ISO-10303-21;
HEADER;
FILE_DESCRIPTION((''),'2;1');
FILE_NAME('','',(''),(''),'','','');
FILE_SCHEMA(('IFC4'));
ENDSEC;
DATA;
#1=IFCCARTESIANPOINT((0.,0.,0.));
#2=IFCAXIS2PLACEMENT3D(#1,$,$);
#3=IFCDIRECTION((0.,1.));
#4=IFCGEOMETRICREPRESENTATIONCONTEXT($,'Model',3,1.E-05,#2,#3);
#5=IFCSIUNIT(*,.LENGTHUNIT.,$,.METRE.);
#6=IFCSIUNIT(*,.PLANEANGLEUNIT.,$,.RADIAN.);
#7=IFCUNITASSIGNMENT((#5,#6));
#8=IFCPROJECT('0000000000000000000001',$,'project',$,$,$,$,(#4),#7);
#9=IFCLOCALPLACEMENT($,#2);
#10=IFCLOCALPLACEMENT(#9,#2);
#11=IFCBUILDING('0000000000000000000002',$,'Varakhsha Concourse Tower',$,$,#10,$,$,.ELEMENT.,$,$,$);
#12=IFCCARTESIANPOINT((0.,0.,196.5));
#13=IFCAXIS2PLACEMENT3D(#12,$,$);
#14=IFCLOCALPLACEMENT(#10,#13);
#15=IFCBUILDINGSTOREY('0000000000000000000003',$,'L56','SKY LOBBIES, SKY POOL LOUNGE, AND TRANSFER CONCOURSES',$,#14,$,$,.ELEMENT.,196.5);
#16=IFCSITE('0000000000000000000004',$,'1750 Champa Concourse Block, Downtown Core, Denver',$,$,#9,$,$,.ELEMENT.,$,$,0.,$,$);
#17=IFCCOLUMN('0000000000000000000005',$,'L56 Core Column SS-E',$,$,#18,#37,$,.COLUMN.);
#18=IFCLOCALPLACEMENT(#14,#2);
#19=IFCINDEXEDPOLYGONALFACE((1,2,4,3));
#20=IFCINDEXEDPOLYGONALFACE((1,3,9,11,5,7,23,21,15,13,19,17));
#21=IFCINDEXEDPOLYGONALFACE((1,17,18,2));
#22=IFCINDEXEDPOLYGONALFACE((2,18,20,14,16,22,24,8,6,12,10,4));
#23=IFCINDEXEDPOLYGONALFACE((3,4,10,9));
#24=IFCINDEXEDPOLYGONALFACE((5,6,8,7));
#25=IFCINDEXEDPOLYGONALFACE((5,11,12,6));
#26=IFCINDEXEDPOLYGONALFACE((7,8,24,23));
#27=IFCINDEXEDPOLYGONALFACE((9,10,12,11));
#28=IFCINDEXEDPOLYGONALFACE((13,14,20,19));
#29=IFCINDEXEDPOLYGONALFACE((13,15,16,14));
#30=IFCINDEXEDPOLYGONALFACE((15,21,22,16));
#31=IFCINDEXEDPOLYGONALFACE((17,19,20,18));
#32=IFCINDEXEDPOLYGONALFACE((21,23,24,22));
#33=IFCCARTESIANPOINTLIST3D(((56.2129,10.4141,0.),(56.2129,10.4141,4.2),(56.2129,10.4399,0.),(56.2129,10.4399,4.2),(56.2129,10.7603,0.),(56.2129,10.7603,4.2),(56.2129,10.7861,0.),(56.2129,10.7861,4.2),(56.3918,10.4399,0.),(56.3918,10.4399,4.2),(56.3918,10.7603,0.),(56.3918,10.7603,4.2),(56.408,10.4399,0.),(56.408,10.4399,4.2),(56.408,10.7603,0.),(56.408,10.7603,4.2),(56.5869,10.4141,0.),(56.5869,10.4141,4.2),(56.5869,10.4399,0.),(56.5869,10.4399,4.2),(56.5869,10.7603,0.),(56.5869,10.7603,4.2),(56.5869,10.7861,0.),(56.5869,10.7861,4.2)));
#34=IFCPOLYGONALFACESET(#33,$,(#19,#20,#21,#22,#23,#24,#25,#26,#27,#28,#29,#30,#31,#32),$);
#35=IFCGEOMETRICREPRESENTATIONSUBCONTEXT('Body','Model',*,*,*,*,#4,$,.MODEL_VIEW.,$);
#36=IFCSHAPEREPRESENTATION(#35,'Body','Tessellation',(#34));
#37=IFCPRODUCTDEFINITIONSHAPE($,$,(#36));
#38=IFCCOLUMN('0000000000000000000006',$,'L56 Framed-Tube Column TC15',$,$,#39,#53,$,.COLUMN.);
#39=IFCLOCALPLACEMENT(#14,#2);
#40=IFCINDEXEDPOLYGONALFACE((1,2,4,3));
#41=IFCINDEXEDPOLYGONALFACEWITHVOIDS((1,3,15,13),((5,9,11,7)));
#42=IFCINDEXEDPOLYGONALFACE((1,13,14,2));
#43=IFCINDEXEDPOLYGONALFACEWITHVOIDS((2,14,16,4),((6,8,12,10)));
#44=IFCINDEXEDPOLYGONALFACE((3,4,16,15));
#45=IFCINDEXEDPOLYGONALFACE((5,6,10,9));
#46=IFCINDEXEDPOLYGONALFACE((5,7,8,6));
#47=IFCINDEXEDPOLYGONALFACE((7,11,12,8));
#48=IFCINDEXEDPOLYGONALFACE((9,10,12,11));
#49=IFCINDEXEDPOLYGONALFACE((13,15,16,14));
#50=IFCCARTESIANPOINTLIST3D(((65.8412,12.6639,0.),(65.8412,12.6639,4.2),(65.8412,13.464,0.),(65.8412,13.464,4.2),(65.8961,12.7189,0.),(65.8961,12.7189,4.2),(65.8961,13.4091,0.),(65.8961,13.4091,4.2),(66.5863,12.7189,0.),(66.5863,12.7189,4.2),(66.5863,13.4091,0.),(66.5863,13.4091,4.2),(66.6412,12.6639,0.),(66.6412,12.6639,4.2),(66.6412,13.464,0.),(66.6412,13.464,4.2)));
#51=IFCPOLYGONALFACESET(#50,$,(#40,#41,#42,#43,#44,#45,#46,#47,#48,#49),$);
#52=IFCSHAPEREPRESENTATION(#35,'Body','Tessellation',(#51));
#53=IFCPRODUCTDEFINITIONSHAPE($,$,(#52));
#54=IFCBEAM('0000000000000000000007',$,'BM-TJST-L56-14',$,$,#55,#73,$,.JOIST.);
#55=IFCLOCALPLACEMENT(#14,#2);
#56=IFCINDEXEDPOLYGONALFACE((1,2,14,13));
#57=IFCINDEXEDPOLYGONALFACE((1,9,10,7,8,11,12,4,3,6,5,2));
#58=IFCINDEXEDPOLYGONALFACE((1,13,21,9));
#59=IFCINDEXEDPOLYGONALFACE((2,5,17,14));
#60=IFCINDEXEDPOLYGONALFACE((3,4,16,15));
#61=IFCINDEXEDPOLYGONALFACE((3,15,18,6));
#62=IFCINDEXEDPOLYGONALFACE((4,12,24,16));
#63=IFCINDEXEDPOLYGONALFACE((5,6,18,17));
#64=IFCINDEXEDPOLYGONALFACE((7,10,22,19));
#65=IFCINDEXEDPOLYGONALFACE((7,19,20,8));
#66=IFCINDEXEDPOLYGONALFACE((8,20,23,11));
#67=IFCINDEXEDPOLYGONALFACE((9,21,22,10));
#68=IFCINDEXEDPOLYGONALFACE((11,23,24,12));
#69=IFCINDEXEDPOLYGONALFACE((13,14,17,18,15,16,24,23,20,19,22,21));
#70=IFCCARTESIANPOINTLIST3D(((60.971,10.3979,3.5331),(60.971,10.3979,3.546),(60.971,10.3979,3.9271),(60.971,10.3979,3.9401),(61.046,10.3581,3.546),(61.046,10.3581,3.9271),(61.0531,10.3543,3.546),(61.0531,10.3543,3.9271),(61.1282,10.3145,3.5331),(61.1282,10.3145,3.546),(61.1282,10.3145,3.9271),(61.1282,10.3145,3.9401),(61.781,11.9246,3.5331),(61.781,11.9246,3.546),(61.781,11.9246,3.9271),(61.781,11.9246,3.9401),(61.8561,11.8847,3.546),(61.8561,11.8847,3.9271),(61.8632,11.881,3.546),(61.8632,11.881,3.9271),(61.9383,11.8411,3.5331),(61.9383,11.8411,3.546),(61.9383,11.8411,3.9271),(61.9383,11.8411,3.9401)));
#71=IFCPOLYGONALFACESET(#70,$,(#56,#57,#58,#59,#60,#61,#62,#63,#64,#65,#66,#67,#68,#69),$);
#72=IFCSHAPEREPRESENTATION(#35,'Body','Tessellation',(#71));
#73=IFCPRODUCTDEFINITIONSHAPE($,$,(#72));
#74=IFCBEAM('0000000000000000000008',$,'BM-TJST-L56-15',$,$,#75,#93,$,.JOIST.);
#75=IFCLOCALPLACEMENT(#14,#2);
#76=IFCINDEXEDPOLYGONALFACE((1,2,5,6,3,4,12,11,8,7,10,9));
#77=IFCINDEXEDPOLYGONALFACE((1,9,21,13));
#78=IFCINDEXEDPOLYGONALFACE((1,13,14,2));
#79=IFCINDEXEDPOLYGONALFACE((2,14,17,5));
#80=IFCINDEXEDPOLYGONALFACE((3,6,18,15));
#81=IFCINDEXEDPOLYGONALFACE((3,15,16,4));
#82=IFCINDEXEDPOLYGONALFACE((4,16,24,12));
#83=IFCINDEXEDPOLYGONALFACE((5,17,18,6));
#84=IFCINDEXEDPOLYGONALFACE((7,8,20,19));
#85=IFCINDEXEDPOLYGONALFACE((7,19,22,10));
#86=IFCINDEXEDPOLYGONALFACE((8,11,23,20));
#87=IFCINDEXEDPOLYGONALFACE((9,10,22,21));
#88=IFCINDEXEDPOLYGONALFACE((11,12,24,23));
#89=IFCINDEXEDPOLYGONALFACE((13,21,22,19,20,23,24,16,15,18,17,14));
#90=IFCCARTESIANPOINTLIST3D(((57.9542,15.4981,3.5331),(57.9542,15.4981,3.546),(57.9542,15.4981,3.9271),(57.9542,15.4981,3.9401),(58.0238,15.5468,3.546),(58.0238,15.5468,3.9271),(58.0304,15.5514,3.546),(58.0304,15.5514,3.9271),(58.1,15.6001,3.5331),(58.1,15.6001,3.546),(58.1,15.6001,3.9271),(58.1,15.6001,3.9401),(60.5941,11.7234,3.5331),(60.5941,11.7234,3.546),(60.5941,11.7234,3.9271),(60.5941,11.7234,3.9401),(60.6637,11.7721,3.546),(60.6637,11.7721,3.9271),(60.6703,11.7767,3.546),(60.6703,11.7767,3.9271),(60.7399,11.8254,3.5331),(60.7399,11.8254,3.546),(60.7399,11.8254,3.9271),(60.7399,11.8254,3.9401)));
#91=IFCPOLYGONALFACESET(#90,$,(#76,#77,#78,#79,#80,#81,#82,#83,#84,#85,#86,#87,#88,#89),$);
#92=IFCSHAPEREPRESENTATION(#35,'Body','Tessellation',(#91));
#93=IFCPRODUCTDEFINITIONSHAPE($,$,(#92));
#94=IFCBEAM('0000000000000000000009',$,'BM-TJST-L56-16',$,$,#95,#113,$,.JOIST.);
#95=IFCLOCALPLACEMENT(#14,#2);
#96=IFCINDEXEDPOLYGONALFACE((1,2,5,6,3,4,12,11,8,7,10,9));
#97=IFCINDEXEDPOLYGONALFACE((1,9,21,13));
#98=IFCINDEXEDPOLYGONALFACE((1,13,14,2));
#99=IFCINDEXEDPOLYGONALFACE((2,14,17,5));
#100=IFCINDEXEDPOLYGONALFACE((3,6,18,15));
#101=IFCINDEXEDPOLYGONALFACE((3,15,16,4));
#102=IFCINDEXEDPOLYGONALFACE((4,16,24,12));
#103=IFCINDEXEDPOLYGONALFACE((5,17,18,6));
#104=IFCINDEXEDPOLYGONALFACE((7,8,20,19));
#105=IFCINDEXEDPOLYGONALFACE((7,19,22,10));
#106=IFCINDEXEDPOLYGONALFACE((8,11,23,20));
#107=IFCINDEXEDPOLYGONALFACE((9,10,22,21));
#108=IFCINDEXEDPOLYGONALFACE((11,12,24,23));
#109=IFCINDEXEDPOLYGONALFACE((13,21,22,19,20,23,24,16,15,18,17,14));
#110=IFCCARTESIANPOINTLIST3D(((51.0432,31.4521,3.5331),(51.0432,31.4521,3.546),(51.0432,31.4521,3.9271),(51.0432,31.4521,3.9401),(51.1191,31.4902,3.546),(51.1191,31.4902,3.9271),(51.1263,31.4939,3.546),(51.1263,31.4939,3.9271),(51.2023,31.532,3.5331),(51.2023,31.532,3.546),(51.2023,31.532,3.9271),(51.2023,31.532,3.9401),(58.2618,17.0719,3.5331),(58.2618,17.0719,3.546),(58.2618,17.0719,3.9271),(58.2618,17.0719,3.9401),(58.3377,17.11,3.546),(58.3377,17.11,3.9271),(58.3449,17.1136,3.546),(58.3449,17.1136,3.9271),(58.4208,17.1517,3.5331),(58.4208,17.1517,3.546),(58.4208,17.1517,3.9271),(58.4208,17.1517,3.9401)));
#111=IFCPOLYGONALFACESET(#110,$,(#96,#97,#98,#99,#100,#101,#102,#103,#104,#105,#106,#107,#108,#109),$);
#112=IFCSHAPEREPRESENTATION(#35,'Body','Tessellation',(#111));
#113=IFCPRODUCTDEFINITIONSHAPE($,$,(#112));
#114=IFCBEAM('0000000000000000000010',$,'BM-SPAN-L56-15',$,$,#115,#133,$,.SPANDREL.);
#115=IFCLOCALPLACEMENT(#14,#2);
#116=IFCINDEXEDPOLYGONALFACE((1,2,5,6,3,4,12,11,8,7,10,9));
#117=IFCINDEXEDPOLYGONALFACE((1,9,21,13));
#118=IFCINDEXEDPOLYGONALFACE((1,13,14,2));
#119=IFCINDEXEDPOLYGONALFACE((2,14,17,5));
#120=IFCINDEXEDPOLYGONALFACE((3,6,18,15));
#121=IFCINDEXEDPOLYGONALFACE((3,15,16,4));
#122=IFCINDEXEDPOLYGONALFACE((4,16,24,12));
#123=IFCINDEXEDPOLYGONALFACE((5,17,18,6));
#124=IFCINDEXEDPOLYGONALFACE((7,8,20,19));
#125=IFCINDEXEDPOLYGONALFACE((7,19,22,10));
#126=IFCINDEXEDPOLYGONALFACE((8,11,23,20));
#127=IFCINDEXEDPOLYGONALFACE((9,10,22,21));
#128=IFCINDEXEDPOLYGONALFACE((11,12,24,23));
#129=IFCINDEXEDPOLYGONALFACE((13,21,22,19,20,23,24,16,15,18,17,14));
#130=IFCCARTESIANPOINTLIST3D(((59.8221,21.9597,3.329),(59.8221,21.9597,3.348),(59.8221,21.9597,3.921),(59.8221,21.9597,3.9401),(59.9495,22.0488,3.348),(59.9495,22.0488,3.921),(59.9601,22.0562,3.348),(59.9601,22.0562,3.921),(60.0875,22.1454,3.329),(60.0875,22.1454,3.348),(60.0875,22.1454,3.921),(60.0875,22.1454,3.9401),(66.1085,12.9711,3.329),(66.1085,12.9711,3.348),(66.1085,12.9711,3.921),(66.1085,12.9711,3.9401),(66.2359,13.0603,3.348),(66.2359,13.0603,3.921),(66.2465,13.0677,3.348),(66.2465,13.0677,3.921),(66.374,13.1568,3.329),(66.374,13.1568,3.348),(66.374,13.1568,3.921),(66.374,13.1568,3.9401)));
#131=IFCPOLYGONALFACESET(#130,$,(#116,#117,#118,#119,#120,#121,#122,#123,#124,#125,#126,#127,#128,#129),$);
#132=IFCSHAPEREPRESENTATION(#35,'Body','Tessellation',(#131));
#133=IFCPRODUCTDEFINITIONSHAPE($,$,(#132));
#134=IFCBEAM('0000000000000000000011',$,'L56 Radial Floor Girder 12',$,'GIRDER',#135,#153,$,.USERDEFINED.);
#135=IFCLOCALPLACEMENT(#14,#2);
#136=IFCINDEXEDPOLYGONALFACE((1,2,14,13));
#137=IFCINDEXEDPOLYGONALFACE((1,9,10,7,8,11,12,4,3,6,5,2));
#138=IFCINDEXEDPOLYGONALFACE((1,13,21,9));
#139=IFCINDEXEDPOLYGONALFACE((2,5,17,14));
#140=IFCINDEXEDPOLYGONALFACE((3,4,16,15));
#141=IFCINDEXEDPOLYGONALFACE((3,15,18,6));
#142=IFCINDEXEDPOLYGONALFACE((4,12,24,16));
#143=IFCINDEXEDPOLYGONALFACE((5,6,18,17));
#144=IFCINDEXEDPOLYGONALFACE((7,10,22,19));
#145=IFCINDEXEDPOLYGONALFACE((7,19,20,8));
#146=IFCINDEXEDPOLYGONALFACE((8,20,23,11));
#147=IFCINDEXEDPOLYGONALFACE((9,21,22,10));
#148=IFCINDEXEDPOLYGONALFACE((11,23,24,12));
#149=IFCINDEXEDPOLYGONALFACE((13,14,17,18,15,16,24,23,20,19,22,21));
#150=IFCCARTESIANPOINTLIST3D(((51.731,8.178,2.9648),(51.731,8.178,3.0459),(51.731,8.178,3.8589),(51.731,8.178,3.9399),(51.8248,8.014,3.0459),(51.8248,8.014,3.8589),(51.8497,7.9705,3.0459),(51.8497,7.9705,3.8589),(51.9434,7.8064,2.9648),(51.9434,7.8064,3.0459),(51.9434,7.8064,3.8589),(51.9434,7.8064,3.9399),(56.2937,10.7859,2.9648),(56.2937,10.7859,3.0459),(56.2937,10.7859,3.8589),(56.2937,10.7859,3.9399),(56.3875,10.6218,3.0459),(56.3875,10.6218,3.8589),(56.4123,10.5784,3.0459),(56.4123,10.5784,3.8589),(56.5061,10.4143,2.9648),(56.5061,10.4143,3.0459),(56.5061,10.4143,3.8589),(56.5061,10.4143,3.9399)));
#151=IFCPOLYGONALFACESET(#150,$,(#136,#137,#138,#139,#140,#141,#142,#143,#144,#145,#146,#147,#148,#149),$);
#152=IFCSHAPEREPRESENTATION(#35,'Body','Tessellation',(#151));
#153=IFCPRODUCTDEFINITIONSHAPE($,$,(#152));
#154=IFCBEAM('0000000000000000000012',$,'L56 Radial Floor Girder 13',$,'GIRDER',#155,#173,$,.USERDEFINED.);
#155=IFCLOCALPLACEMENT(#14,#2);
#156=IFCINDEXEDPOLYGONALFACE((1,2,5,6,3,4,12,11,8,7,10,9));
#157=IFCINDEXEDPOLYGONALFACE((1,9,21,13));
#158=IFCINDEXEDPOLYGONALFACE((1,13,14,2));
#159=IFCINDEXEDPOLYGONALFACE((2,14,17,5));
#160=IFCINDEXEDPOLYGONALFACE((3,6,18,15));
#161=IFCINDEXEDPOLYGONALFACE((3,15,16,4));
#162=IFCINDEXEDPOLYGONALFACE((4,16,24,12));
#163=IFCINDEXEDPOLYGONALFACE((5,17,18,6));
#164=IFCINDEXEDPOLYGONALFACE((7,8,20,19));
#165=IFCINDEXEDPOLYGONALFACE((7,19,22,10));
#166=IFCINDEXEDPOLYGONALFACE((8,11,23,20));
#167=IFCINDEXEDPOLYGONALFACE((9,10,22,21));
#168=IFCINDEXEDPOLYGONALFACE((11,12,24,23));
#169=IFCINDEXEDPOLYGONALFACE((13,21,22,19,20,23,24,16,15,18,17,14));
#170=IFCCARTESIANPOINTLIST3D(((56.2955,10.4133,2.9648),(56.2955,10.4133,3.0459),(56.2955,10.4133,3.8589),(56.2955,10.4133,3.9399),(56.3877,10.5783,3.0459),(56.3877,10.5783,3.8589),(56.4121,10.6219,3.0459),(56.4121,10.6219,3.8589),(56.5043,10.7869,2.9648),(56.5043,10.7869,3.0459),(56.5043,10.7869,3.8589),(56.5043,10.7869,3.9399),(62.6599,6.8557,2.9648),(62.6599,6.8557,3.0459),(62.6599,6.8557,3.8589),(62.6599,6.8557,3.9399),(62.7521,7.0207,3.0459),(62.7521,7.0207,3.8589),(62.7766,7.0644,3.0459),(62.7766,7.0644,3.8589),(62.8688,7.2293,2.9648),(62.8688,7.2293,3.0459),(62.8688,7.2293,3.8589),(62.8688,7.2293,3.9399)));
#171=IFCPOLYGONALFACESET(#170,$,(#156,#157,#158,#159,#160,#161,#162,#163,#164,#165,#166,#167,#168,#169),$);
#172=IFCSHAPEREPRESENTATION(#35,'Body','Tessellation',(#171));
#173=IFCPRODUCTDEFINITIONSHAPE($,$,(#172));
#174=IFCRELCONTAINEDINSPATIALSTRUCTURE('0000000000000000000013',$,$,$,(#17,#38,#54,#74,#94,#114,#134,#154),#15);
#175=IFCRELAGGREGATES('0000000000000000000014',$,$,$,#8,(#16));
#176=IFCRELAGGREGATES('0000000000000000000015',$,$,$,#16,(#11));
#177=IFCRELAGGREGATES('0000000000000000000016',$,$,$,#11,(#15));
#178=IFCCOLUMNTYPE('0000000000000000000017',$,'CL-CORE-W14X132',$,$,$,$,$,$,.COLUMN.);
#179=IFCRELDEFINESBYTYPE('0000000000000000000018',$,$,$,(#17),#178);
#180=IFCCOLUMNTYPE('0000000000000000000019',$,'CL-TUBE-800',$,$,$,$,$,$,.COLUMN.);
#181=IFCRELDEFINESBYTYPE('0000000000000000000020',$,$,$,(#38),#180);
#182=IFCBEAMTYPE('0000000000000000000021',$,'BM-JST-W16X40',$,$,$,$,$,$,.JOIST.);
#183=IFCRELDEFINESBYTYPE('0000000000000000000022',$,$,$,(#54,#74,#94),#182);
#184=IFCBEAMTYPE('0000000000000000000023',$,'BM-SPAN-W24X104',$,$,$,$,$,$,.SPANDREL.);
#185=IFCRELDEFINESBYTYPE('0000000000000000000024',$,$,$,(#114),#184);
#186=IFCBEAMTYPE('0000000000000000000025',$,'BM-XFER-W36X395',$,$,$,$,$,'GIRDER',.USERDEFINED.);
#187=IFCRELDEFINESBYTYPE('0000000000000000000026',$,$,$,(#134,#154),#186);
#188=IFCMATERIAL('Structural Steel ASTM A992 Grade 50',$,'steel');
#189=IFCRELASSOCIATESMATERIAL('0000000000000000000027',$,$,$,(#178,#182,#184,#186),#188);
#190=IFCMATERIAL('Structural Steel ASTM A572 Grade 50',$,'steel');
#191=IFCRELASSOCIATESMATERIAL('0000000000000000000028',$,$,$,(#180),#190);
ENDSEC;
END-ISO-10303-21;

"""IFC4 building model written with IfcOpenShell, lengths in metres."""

from ifc_helpers import new_model, si_unit, direction, frame, origin, origin_2d, place, context, subcontext, project, spatial, hollow_rectangle, i_section, extrude, material, material_profile, profile_set, type_object, element, save


model = new_model("IFC4")

# Units and contexts
model_context = context("Model", 3, precision=1e-05, world=origin(), true_north=direction((0.0, 1.0)))
body_context = subcontext(model_context, "Body", "Model", "MODEL_VIEW")
ifc_project = project(units=[si_unit("LENGTHUNIT", "METRE"), si_unit("PLANEANGLEUNIT", "RADIAN")], contexts=[model_context])

# Site, building, storey
site_placement = place(None, origin())
site = spatial("IfcSite", under=ifc_project, at=site_placement, Name="1750 Champa Concourse Block, Downtown Core, Denver", CompositionType="ELEMENT", RefElevation=0.0)
building_placement = place(site_placement, origin())
building = spatial("IfcBuilding", under=site, at=building_placement, Name="Varakhsha Concourse Tower", CompositionType="ELEMENT")
storey_placement = place(building_placement, frame((0.0, 0.0, 196.5)))
storey = spatial("IfcBuildingStorey", under=building, at=storey_placement, Name="L56", Description="SKY LOBBIES, SKY POOL LOUNGE, AND TRANSFER CONCOURSES", CompositionType="ELEMENT", Elevation=196.5)

# Columns
ifc_material_1 = material(Name="Structural Steel ASTM A992 Grade 50", Category="steel")
ifc_material_profile_1 = material_profile(ifc_material_1, i_section(OverallWidth=0.374, OverallDepth=0.3721, WebThickness=0.0161, FlangeThickness=0.0259, at=origin_2d()), Name="W14X132")
ifc_profile_set_1 = profile_set([ifc_material_profile_1], Name="Structural Steel ASTM A992 Grade 50")
column_type_1 = type_object("IfcColumnType", Name="CL-CORE-W14X132", PredefinedType="COLUMN", material=ifc_profile_set_1)
column_1_placement = place(storey_placement, frame((56.3999, 10.6001, 0.0), z_axis=(0.0, 0.0, 1.0), x_axis=(1.0, 0.0, 0.0)))
element("IfcColumn", 1, at=column_1_placement, inside=storey, type_object=column_type_1, Name="L56 Core Column SS-E", PredefinedType="COLUMN", context=body_context, shape_type="SweptSolid", body=[
    extrude(i_section(OverallWidth=0.374, OverallDepth=0.3721, WebThickness=0.0161, FlangeThickness=0.0259, at=origin_2d()), origin(), (0.0, 0.0, 1.0), 4.2),
])
ifc_material_2 = material(Name="Structural Steel ASTM A572 Grade 50", Category="steel")
ifc_material_profile_2 = material_profile(ifc_material_2, hollow_rectangle(XDim=0.8, YDim=0.8, WallThickness=0.0549, at=origin_2d()), Name="BOX 800x800x55")
ifc_profile_set_2 = profile_set([ifc_material_profile_2], Name="Structural Steel ASTM A572 Grade 50")
column_type_2 = type_object("IfcColumnType", Name="CL-TUBE-800", PredefinedType="COLUMN", material=ifc_profile_set_2)
column_2_placement = place(storey_placement, frame((66.2412, 13.064, 0.0), z_axis=(0.0, 0.0, 1.0), x_axis=(1.0, 0.0, 0.0)))
element("IfcColumn", 2, at=column_2_placement, inside=storey, type_object=column_type_2, Name="L56 Framed-Tube Column TC15", PredefinedType="COLUMN", context=body_context, shape_type="SweptSolid", body=[
    extrude(hollow_rectangle(XDim=0.8, YDim=0.8, WallThickness=0.0549, at=origin_2d()), origin(), (0.0, 0.0, 1.0), 4.2),
])

# Beams
ifc_material_profile_3 = material_profile(ifc_material_1, i_section(OverallWidth=0.178, OverallDepth=0.407, WebThickness=0.0081, FlangeThickness=0.0129, at=origin_2d()), Name="W16X40")
ifc_profile_set_3 = profile_set([ifc_material_profile_3], Name="Structural Steel ASTM A992 Grade 50")
beam_type_1 = type_object("IfcBeamType", Name="BM-JST-W16X40", PredefinedType="JOIST", material=ifc_profile_set_3)
beam_1_placement = place(storey_placement, frame((61.0496, 10.3562, 3.7366), z_axis=(0.468725, 0.883344, 0.0), x_axis=(-0.883344, 0.468725, 0.0)))
element("IfcBeam", 3, at=beam_1_placement, inside=storey, type_object=beam_type_1, Name="BM-TJST-L56-14", PredefinedType="JOIST", context=body_context, shape_type="SweptSolid", body=[
    extrude(i_section(OverallWidth=0.178, OverallDepth=0.407, WebThickness=0.0081, FlangeThickness=0.0129, at=origin_2d()), origin(), (0.0, 0.0, 1.0), 1.7283),
])
beam_2_placement = place(storey_placement, frame((60.667, 11.7744, 3.7366), z_axis=(-0.573117, 0.819473, 0.0), x_axis=(-0.819473, -0.573117, 0.0)))
element("IfcBeam", 4, at=beam_2_placement, inside=storey, type_object=beam_type_1, Name="BM-TJST-L56-15", PredefinedType="JOIST", context=body_context, shape_type="SweptSolid", body=[
    extrude(i_section(OverallWidth=0.178, OverallDepth=0.407, WebThickness=0.0081, FlangeThickness=0.0129, at=origin_2d()), origin(), (0.0, 0.0, 1.0), 4.6062),
])
beam_3_placement = place(storey_placement, frame((58.3413, 17.1118, 3.7366), z_axis=(-0.448627, 0.893719, 0.0), x_axis=(-0.893719, -0.448627, 0.0)))
element("IfcBeam", 5, at=beam_3_placement, inside=storey, type_object=beam_type_1, Name="BM-TJST-L56-16", PredefinedType="JOIST", context=body_context, shape_type="SweptSolid", body=[
    extrude(i_section(OverallWidth=0.178, OverallDepth=0.407, WebThickness=0.0081, FlangeThickness=0.0129, at=origin_2d()), origin(), (0.0, 0.0, 1.0), 16.0903),
])
ifc_material_profile_4 = material_profile(ifc_material_1, i_section(OverallWidth=0.324, OverallDepth=0.6111, WebThickness=0.0129, FlangeThickness=0.019, at=origin_2d()), Name="W24X104")
ifc_profile_set_4 = profile_set([ifc_material_profile_4], Name="Structural Steel ASTM A992 Grade 50")
beam_type_2 = type_object("IfcBeamType", Name="BM-SPAN-W24X104", PredefinedType="SPANDREL", material=ifc_profile_set_4)
beam_4_placement = place(storey_placement, frame((66.2412, 13.064, 3.6345), z_axis=(-0.57312, 0.819471, 0.0), x_axis=(-0.819471, -0.57312, 0.0)))
element("IfcBeam", 6, at=beam_4_placement, inside=storey, type_object=beam_type_2, Name="BM-SPAN-L56-15", PredefinedType="SPANDREL", context=body_context, shape_type="SweptSolid", body=[
    extrude(i_section(OverallWidth=0.324, OverallDepth=0.6111, WebThickness=0.0129, FlangeThickness=0.019, at=origin_2d()), origin(), (0.0, 0.0, 1.0), 10.9688),
])
ifc_material_profile_5 = material_profile(ifc_material_1, i_section(OverallWidth=0.428, OverallDepth=0.9751, WebThickness=0.05, FlangeThickness=0.0811, at=origin_2d()), Name="W36X395")
ifc_profile_set_5 = profile_set([ifc_material_profile_5], Name="Structural Steel ASTM A992 Grade 50")
beam_type_3 = type_object("IfcBeamType", Name="BM-XFER-W36X395", ElementType="GIRDER", PredefinedType="USERDEFINED", material=ifc_profile_set_5)
beam_5_placement = place(storey_placement, frame((56.3999, 10.6001, 3.4524), z_axis=(-0.868192, -0.496229, 0.0), x_axis=(0.496229, -0.868192, 0.0)))
element("IfcBeam", 7, at=beam_5_placement, inside=storey, type_object=beam_type_3, Name="L56 Radial Floor Girder 12", ObjectType="GIRDER", PredefinedType="USERDEFINED", context=body_context, shape_type="SweptSolid", body=[
    extrude(i_section(OverallWidth=0.428, OverallDepth=0.9751, WebThickness=0.05, FlangeThickness=0.0811, at=origin_2d()), origin(), (0.0, 0.0, 1.0), 5.2554),
])
beam_6_placement = place(storey_placement, frame((56.3999, 10.6001, 3.4524), z_axis=(0.872886, -0.487924, 0.0), x_axis=(0.487924, 0.872886, 0.0)))
element("IfcBeam", 8, at=beam_6_placement, inside=storey, type_object=beam_type_3, Name="L56 Radial Floor Girder 13", ObjectType="GIRDER", PredefinedType="USERDEFINED", context=body_context, shape_type="SweptSolid", body=[
    extrude(i_section(OverallWidth=0.428, OverallDepth=0.9751, WebThickness=0.05, FlangeThickness=0.0811, at=origin_2d()), origin(), (0.0, 0.0, 1.0), 7.2913),
])

save(model, "model.ifc")
